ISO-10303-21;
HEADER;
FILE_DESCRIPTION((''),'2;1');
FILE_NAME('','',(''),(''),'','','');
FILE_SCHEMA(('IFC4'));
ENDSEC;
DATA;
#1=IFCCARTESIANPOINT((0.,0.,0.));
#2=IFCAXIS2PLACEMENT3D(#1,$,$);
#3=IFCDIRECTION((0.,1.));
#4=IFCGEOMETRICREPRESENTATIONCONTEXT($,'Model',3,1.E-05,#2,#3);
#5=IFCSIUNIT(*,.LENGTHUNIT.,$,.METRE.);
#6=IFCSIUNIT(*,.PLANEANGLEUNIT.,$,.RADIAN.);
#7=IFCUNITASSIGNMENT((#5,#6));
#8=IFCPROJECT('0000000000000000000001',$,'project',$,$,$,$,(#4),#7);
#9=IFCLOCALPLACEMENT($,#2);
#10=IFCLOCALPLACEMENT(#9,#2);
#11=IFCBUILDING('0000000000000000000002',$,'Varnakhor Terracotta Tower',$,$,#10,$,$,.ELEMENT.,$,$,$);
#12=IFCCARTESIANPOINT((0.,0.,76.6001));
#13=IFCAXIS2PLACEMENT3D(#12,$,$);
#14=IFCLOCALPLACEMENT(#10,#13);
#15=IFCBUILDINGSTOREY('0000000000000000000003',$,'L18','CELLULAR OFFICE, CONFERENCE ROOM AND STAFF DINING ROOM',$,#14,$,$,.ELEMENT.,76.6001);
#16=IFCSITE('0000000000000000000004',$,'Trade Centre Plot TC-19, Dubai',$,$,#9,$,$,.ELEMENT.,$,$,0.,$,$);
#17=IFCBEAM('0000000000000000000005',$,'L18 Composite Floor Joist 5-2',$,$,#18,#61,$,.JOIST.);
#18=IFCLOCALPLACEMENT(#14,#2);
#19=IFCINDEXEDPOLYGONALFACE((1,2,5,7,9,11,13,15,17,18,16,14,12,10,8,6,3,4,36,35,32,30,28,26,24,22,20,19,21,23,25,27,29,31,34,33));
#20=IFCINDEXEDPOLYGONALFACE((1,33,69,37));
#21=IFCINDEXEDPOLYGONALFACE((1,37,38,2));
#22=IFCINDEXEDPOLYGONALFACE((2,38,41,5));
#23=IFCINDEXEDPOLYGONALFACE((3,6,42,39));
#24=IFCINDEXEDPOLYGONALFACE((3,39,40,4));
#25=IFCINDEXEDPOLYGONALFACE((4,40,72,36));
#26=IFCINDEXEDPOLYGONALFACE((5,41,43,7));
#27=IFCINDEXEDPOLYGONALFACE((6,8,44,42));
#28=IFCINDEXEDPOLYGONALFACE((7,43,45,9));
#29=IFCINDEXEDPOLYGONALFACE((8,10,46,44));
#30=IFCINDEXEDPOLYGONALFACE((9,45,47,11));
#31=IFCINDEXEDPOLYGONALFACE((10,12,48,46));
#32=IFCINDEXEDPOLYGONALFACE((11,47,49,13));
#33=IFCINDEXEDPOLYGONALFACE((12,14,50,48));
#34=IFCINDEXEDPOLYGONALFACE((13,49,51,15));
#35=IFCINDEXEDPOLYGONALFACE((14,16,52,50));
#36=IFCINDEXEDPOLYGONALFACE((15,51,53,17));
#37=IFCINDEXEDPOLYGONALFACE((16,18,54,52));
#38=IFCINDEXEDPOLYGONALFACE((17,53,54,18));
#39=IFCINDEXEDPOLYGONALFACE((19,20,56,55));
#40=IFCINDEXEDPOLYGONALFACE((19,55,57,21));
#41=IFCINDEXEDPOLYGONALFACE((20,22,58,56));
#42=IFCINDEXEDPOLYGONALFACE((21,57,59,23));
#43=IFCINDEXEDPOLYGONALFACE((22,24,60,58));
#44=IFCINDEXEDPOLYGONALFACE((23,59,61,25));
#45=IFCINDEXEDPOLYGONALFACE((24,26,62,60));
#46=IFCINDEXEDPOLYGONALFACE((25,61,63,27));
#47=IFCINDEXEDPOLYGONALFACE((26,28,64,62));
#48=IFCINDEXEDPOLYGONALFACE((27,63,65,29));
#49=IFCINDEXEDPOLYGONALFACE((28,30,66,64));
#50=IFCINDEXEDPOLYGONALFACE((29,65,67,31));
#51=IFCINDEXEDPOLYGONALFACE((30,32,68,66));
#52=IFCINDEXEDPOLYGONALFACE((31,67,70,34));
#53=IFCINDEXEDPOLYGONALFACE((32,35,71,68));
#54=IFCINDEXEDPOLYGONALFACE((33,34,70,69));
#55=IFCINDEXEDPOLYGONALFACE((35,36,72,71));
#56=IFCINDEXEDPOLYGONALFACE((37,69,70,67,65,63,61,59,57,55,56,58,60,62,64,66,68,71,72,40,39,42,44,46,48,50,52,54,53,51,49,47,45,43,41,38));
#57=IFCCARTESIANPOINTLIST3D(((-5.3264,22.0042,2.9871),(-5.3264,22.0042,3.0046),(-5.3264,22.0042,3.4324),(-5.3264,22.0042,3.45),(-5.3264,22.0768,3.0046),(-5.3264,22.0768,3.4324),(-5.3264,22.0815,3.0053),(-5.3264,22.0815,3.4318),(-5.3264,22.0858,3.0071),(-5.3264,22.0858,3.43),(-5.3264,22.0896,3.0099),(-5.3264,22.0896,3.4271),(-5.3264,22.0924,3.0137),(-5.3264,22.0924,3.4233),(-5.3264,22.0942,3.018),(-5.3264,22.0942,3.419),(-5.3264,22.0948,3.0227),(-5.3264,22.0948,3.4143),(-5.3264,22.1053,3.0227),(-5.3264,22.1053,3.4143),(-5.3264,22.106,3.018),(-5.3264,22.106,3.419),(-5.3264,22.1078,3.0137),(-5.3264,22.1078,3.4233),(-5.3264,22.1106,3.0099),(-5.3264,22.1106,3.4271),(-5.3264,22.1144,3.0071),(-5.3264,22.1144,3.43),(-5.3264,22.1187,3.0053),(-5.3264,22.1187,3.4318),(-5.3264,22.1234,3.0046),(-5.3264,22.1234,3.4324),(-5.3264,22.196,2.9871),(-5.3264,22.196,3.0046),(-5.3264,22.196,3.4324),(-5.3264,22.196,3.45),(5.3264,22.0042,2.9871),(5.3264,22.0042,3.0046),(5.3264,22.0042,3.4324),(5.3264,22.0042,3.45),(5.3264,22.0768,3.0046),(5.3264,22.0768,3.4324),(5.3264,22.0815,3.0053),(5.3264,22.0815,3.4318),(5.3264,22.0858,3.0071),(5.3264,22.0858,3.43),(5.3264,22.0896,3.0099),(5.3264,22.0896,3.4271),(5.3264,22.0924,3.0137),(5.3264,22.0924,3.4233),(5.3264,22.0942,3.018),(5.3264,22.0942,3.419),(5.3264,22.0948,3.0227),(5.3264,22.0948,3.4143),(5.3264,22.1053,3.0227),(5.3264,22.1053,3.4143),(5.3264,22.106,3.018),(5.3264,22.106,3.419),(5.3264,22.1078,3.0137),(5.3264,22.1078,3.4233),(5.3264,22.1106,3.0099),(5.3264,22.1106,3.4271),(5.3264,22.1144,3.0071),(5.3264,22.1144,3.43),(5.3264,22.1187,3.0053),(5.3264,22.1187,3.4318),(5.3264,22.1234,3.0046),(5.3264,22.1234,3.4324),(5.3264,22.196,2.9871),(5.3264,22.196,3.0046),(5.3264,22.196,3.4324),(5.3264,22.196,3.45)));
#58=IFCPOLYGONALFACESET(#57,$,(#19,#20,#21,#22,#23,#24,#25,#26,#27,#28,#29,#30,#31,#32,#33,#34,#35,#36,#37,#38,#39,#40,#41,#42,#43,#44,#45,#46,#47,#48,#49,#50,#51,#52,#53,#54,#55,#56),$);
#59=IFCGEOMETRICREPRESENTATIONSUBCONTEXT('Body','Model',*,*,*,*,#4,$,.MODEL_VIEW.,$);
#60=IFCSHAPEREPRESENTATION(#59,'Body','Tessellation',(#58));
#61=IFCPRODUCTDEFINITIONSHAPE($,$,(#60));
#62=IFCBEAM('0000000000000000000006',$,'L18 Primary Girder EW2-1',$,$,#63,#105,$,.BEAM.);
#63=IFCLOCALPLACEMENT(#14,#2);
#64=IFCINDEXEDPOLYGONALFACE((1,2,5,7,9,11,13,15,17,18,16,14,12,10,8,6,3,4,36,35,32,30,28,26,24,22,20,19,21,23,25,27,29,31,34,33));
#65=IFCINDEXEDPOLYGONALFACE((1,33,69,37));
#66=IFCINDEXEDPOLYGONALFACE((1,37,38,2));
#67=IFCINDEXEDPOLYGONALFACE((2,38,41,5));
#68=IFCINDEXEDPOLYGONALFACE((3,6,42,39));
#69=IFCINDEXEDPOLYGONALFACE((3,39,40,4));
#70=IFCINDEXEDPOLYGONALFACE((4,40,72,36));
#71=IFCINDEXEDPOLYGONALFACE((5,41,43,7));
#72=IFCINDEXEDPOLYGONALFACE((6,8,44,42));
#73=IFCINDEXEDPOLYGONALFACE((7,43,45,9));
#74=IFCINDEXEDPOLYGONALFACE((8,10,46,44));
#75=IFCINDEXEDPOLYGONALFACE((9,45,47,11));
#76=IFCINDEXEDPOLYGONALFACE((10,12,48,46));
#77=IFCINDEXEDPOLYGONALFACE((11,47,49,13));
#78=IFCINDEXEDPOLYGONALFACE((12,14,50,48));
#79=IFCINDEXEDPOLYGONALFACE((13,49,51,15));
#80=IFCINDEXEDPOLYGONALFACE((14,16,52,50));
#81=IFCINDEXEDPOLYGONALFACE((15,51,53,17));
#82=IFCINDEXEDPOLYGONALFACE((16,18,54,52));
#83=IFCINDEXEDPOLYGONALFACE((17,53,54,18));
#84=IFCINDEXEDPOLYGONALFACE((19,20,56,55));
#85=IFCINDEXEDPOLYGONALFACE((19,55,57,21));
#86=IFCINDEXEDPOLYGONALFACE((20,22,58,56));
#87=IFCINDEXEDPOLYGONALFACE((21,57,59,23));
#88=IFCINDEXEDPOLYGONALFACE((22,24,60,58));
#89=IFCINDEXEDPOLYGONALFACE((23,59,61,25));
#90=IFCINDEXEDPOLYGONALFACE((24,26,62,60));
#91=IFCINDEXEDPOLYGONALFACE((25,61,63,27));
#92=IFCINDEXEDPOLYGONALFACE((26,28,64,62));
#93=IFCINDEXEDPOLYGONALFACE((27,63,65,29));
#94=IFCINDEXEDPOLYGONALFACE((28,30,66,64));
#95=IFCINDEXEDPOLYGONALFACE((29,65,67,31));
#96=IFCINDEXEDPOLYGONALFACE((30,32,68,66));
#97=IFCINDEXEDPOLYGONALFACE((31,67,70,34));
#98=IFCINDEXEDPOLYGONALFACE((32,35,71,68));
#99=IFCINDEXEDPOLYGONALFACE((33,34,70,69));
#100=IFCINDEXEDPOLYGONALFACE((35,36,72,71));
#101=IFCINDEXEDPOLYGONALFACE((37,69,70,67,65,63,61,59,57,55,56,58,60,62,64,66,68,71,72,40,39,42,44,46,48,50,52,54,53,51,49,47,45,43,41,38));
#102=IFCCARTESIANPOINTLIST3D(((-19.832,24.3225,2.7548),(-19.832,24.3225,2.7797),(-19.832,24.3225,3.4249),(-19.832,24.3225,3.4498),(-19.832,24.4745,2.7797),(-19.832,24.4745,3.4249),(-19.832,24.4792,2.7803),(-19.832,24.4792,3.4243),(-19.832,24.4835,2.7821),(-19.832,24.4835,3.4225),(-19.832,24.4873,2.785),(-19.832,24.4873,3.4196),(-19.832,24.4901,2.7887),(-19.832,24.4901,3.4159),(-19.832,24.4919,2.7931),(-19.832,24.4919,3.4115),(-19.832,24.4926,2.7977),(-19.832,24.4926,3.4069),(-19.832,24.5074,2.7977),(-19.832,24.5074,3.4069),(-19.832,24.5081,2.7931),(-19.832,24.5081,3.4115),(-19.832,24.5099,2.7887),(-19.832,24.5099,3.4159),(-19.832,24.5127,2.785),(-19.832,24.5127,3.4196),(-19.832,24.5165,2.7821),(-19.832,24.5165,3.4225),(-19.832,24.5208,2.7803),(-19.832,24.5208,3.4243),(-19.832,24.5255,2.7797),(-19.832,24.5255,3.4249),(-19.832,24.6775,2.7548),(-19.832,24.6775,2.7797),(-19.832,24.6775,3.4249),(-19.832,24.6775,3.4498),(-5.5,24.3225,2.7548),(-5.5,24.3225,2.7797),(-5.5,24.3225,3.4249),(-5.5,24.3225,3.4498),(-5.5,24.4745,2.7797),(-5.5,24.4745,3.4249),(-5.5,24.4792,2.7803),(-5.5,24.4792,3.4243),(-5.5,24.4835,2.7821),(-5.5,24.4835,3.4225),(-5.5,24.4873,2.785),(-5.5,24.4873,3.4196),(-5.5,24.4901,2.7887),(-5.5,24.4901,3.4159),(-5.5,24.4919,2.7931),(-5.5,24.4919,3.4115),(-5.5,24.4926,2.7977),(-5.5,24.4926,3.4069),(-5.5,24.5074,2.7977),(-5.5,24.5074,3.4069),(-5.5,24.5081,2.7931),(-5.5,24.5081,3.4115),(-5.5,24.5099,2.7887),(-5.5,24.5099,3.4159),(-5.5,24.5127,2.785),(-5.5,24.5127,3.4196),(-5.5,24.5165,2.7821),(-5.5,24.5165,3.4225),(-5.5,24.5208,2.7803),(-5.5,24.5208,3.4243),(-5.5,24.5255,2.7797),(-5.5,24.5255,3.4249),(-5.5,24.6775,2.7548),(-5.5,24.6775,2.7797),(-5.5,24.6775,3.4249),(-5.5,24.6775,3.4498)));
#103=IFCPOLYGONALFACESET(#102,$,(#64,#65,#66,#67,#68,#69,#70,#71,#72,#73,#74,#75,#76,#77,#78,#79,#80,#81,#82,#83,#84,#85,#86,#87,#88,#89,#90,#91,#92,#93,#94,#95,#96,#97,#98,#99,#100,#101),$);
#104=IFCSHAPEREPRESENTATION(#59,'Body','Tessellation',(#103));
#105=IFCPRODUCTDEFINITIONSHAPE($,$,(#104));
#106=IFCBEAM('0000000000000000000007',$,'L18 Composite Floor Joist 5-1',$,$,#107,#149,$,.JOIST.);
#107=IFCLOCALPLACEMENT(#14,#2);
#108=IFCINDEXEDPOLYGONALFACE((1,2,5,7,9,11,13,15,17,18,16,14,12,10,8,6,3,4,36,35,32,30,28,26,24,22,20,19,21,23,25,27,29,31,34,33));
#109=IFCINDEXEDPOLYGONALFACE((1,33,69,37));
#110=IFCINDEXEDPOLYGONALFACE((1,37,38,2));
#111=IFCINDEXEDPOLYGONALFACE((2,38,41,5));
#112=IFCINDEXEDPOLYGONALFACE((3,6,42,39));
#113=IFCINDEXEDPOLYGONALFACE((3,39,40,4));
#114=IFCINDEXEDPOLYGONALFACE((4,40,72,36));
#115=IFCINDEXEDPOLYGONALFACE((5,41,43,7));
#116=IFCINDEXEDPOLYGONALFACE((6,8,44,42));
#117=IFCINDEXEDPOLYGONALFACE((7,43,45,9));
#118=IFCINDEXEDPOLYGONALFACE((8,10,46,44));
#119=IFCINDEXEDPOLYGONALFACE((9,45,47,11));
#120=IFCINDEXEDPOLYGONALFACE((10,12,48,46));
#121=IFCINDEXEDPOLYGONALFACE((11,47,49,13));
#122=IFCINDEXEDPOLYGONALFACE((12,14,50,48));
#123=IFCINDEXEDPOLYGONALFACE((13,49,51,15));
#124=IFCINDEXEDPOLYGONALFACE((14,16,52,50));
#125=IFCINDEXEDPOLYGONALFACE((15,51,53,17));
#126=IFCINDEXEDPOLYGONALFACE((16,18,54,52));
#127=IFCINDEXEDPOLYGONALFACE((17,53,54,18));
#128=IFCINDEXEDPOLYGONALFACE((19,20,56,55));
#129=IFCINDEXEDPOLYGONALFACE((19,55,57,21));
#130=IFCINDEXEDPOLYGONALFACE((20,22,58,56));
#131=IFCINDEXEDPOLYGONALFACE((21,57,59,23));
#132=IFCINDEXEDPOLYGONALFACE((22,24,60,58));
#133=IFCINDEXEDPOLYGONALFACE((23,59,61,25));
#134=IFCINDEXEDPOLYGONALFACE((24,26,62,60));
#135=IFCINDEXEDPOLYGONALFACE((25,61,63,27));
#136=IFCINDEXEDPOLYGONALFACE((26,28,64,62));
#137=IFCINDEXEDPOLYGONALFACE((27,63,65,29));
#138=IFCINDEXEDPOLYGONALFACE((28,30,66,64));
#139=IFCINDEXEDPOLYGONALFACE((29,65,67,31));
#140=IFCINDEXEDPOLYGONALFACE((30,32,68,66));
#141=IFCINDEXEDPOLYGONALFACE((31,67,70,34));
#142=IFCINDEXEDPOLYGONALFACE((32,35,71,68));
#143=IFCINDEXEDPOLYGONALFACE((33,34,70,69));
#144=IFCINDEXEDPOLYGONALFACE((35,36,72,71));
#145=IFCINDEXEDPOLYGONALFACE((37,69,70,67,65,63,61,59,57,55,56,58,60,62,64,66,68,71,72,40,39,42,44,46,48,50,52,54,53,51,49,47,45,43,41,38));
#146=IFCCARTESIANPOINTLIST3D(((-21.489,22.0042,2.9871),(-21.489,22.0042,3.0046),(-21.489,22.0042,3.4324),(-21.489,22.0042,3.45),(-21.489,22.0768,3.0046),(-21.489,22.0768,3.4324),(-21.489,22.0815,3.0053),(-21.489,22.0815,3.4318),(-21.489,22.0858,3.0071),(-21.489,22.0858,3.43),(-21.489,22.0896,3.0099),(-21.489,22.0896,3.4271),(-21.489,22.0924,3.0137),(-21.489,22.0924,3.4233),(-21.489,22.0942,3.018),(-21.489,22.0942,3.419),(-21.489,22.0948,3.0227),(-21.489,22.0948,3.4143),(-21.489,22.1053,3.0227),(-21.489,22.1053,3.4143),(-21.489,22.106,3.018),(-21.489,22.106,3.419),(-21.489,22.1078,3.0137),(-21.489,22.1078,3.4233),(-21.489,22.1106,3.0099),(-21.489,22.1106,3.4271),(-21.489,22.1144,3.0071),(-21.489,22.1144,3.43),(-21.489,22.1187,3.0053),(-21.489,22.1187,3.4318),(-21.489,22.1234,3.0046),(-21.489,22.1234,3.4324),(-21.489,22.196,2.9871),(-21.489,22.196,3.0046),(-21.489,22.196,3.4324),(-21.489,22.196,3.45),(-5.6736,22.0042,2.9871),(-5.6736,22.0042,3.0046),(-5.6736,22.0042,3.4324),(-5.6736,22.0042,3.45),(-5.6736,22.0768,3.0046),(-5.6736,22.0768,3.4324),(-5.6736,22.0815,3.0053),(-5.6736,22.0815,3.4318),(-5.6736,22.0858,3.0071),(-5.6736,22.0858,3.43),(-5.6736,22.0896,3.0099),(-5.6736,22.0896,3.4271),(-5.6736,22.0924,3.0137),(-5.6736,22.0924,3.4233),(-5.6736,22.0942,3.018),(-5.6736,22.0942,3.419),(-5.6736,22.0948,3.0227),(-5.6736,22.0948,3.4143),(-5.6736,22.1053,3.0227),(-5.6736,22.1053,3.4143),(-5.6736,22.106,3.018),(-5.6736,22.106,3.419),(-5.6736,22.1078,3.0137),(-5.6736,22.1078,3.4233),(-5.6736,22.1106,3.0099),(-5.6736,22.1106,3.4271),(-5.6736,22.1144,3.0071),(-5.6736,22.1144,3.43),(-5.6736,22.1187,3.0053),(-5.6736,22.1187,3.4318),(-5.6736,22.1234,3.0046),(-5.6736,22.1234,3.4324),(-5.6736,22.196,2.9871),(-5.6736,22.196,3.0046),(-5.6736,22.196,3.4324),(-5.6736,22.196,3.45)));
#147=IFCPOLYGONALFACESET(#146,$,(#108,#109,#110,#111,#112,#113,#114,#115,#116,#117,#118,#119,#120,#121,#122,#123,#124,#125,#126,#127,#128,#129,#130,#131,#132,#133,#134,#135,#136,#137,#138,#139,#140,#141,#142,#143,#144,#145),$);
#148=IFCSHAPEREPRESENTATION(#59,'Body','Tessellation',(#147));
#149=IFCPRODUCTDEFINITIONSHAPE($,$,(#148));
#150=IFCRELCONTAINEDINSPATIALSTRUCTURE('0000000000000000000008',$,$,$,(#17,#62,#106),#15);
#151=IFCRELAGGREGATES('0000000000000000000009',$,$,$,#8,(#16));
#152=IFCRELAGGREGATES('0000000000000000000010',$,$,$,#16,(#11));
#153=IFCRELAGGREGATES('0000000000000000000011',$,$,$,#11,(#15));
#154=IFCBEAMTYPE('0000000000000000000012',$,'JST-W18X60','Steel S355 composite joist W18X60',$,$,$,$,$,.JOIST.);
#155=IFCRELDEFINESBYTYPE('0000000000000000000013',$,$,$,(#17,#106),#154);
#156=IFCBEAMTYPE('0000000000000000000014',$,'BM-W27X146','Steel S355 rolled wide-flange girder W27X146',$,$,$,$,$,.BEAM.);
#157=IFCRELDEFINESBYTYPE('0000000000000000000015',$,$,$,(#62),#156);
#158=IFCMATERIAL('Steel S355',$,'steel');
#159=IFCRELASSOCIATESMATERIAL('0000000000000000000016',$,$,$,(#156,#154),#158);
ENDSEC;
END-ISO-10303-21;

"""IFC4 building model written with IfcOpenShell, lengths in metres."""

from ifc_helpers import new_model, si_unit, direction, frame, origin, origin_2d, place, context, subcontext, project, spatial, i_section, extrude, source, transform, mapped, material, material_profile, profile_set, type_object, element, save


model = new_model("IFC4")

# Units and contexts
model_context = context("Model", 3, precision=1e-05, world=origin(), true_north=direction((0.0, 1.0)))
body_context = subcontext(model_context, "Body", "Model", "MODEL_VIEW")
ifc_project = project(units=[si_unit("LENGTHUNIT", "METRE"), si_unit("PLANEANGLEUNIT", "RADIAN")], contexts=[model_context])

# Site, building, storey
site_placement = place(None, origin())
site = spatial("IfcSite", under=ifc_project, at=site_placement, Name="Trade Centre Plot TC-19, Dubai", CompositionType="ELEMENT", RefElevation=0.0)
building_placement = place(site_placement, origin())
building = spatial("IfcBuilding", under=site, at=building_placement, Name="Varnakhor Terracotta Tower", CompositionType="ELEMENT")
storey_placement = place(building_placement, frame((0.0, 0.0, 76.6001)))
storey = spatial("IfcBuildingStorey", under=building, at=storey_placement, Name="L18", Description="CELLULAR OFFICE, CONFERENCE ROOM AND STAFF DINING ROOM", CompositionType="ELEMENT", Elevation=76.6001)

# Beams
ifc_material_1 = material(Name="Steel S355", Category="steel")
ifc_material_profile_1 = material_profile(ifc_material_1, i_section(OverallWidth=0.355, OverallDepth=0.6951, WebThickness=0.0149, FlangeThickness=0.0249, FilletRadius=0.0181, at=origin_2d()), Name="W27X146")
ifc_profile_set_1 = profile_set([ifc_material_profile_1], Name="Steel S355")
beam_type_1 = type_object("IfcBeamType", Name="BM-W27X146", Description="Steel S355 rolled wide-flange girder W27X146", PredefinedType="BEAM", material=ifc_profile_set_1)
ifc_material_profile_2 = material_profile(ifc_material_1, i_section(OverallWidth=0.1919, OverallDepth=0.4629, WebThickness=0.0105, FlangeThickness=0.0176, FilletRadius=0.0181, at=origin_2d()), Name="W18X60")
ifc_profile_set_2 = profile_set([ifc_material_profile_2], Name="Steel S355")
beam_type_2 = type_object("IfcBeamType", Name="JST-W18X60", Description="Steel S355 composite joist W18X60", PredefinedType="JOIST", material=ifc_profile_set_2)
shared_shape_1 = source(origin(), body_context, "Body", "SweptSolid", [
    extrude(i_section(OverallWidth=0.1919, OverallDepth=0.4629, WebThickness=0.0105, FlangeThickness=0.0176, FilletRadius=0.0181, at=origin_2d()), origin(), (0.0, 0.0, 1.0), 10.6528),
])
for number, where, z_axis, x_axis, name in (
    (1, (-5.3264, 22.1001, 3.2185), (1.0, 0.0, 0.0), (0.0, 1.0, 0.0), "L18 Composite Floor Joist 5-2"),
):
    element("IfcBeam", number, at=place(storey_placement, frame(where, z_axis=z_axis, x_axis=x_axis)), inside=storey, type_object=beam_type_2, Name=name, PredefinedType="JOIST", context=body_context, shape_type="MappedRepresentation", body=[
        mapped(shared_shape_1, transform((0.0, 0.0, 0.0), scale=1.0)),
    ])
shared_shape_2 = source(origin(), body_context, "Body", "SweptSolid", [
    extrude(i_section(OverallWidth=0.355, OverallDepth=0.6951, WebThickness=0.0149, FlangeThickness=0.0249, FilletRadius=0.0181, at=origin_2d()), origin(), (0.0, 0.0, 1.0), 14.332),
])
beam_1_placement = place(storey_placement, frame((-19.832, 24.5, 3.1023), z_axis=(1.0, 0.0, 0.0), x_axis=(0.0, 1.0, 0.0)))
element("IfcBeam", 2, at=beam_1_placement, inside=storey, type_object=beam_type_1, Name="L18 Primary Girder EW2-1", PredefinedType="BEAM", context=body_context, shape_type="MappedRepresentation", body=[
    mapped(shared_shape_2, transform((0.0, 0.0, 0.0), scale=1.0)),
])
shared_shape_3 = source(origin(), body_context, "Body", "SweptSolid", [
    extrude(i_section(OverallWidth=0.1919, OverallDepth=0.4629, WebThickness=0.0105, FlangeThickness=0.0176, FilletRadius=0.0181, at=origin_2d()), origin(), (0.0, 0.0, 1.0), 15.8154),
])
beam_2_placement = place(storey_placement, frame((-21.489, 22.1001, 3.2185), z_axis=(1.0, 0.0, 0.0), x_axis=(0.0, 1.0, 0.0)))
element("IfcBeam", 3, at=beam_2_placement, inside=storey, type_object=beam_type_2, Name="L18 Composite Floor Joist 5-1", PredefinedType="JOIST", context=body_context, shape_type="MappedRepresentation", body=[
    mapped(shared_shape_3, transform((0.0, 0.0, 0.0), scale=1.0)),
])

save(model, "model.ifc")
